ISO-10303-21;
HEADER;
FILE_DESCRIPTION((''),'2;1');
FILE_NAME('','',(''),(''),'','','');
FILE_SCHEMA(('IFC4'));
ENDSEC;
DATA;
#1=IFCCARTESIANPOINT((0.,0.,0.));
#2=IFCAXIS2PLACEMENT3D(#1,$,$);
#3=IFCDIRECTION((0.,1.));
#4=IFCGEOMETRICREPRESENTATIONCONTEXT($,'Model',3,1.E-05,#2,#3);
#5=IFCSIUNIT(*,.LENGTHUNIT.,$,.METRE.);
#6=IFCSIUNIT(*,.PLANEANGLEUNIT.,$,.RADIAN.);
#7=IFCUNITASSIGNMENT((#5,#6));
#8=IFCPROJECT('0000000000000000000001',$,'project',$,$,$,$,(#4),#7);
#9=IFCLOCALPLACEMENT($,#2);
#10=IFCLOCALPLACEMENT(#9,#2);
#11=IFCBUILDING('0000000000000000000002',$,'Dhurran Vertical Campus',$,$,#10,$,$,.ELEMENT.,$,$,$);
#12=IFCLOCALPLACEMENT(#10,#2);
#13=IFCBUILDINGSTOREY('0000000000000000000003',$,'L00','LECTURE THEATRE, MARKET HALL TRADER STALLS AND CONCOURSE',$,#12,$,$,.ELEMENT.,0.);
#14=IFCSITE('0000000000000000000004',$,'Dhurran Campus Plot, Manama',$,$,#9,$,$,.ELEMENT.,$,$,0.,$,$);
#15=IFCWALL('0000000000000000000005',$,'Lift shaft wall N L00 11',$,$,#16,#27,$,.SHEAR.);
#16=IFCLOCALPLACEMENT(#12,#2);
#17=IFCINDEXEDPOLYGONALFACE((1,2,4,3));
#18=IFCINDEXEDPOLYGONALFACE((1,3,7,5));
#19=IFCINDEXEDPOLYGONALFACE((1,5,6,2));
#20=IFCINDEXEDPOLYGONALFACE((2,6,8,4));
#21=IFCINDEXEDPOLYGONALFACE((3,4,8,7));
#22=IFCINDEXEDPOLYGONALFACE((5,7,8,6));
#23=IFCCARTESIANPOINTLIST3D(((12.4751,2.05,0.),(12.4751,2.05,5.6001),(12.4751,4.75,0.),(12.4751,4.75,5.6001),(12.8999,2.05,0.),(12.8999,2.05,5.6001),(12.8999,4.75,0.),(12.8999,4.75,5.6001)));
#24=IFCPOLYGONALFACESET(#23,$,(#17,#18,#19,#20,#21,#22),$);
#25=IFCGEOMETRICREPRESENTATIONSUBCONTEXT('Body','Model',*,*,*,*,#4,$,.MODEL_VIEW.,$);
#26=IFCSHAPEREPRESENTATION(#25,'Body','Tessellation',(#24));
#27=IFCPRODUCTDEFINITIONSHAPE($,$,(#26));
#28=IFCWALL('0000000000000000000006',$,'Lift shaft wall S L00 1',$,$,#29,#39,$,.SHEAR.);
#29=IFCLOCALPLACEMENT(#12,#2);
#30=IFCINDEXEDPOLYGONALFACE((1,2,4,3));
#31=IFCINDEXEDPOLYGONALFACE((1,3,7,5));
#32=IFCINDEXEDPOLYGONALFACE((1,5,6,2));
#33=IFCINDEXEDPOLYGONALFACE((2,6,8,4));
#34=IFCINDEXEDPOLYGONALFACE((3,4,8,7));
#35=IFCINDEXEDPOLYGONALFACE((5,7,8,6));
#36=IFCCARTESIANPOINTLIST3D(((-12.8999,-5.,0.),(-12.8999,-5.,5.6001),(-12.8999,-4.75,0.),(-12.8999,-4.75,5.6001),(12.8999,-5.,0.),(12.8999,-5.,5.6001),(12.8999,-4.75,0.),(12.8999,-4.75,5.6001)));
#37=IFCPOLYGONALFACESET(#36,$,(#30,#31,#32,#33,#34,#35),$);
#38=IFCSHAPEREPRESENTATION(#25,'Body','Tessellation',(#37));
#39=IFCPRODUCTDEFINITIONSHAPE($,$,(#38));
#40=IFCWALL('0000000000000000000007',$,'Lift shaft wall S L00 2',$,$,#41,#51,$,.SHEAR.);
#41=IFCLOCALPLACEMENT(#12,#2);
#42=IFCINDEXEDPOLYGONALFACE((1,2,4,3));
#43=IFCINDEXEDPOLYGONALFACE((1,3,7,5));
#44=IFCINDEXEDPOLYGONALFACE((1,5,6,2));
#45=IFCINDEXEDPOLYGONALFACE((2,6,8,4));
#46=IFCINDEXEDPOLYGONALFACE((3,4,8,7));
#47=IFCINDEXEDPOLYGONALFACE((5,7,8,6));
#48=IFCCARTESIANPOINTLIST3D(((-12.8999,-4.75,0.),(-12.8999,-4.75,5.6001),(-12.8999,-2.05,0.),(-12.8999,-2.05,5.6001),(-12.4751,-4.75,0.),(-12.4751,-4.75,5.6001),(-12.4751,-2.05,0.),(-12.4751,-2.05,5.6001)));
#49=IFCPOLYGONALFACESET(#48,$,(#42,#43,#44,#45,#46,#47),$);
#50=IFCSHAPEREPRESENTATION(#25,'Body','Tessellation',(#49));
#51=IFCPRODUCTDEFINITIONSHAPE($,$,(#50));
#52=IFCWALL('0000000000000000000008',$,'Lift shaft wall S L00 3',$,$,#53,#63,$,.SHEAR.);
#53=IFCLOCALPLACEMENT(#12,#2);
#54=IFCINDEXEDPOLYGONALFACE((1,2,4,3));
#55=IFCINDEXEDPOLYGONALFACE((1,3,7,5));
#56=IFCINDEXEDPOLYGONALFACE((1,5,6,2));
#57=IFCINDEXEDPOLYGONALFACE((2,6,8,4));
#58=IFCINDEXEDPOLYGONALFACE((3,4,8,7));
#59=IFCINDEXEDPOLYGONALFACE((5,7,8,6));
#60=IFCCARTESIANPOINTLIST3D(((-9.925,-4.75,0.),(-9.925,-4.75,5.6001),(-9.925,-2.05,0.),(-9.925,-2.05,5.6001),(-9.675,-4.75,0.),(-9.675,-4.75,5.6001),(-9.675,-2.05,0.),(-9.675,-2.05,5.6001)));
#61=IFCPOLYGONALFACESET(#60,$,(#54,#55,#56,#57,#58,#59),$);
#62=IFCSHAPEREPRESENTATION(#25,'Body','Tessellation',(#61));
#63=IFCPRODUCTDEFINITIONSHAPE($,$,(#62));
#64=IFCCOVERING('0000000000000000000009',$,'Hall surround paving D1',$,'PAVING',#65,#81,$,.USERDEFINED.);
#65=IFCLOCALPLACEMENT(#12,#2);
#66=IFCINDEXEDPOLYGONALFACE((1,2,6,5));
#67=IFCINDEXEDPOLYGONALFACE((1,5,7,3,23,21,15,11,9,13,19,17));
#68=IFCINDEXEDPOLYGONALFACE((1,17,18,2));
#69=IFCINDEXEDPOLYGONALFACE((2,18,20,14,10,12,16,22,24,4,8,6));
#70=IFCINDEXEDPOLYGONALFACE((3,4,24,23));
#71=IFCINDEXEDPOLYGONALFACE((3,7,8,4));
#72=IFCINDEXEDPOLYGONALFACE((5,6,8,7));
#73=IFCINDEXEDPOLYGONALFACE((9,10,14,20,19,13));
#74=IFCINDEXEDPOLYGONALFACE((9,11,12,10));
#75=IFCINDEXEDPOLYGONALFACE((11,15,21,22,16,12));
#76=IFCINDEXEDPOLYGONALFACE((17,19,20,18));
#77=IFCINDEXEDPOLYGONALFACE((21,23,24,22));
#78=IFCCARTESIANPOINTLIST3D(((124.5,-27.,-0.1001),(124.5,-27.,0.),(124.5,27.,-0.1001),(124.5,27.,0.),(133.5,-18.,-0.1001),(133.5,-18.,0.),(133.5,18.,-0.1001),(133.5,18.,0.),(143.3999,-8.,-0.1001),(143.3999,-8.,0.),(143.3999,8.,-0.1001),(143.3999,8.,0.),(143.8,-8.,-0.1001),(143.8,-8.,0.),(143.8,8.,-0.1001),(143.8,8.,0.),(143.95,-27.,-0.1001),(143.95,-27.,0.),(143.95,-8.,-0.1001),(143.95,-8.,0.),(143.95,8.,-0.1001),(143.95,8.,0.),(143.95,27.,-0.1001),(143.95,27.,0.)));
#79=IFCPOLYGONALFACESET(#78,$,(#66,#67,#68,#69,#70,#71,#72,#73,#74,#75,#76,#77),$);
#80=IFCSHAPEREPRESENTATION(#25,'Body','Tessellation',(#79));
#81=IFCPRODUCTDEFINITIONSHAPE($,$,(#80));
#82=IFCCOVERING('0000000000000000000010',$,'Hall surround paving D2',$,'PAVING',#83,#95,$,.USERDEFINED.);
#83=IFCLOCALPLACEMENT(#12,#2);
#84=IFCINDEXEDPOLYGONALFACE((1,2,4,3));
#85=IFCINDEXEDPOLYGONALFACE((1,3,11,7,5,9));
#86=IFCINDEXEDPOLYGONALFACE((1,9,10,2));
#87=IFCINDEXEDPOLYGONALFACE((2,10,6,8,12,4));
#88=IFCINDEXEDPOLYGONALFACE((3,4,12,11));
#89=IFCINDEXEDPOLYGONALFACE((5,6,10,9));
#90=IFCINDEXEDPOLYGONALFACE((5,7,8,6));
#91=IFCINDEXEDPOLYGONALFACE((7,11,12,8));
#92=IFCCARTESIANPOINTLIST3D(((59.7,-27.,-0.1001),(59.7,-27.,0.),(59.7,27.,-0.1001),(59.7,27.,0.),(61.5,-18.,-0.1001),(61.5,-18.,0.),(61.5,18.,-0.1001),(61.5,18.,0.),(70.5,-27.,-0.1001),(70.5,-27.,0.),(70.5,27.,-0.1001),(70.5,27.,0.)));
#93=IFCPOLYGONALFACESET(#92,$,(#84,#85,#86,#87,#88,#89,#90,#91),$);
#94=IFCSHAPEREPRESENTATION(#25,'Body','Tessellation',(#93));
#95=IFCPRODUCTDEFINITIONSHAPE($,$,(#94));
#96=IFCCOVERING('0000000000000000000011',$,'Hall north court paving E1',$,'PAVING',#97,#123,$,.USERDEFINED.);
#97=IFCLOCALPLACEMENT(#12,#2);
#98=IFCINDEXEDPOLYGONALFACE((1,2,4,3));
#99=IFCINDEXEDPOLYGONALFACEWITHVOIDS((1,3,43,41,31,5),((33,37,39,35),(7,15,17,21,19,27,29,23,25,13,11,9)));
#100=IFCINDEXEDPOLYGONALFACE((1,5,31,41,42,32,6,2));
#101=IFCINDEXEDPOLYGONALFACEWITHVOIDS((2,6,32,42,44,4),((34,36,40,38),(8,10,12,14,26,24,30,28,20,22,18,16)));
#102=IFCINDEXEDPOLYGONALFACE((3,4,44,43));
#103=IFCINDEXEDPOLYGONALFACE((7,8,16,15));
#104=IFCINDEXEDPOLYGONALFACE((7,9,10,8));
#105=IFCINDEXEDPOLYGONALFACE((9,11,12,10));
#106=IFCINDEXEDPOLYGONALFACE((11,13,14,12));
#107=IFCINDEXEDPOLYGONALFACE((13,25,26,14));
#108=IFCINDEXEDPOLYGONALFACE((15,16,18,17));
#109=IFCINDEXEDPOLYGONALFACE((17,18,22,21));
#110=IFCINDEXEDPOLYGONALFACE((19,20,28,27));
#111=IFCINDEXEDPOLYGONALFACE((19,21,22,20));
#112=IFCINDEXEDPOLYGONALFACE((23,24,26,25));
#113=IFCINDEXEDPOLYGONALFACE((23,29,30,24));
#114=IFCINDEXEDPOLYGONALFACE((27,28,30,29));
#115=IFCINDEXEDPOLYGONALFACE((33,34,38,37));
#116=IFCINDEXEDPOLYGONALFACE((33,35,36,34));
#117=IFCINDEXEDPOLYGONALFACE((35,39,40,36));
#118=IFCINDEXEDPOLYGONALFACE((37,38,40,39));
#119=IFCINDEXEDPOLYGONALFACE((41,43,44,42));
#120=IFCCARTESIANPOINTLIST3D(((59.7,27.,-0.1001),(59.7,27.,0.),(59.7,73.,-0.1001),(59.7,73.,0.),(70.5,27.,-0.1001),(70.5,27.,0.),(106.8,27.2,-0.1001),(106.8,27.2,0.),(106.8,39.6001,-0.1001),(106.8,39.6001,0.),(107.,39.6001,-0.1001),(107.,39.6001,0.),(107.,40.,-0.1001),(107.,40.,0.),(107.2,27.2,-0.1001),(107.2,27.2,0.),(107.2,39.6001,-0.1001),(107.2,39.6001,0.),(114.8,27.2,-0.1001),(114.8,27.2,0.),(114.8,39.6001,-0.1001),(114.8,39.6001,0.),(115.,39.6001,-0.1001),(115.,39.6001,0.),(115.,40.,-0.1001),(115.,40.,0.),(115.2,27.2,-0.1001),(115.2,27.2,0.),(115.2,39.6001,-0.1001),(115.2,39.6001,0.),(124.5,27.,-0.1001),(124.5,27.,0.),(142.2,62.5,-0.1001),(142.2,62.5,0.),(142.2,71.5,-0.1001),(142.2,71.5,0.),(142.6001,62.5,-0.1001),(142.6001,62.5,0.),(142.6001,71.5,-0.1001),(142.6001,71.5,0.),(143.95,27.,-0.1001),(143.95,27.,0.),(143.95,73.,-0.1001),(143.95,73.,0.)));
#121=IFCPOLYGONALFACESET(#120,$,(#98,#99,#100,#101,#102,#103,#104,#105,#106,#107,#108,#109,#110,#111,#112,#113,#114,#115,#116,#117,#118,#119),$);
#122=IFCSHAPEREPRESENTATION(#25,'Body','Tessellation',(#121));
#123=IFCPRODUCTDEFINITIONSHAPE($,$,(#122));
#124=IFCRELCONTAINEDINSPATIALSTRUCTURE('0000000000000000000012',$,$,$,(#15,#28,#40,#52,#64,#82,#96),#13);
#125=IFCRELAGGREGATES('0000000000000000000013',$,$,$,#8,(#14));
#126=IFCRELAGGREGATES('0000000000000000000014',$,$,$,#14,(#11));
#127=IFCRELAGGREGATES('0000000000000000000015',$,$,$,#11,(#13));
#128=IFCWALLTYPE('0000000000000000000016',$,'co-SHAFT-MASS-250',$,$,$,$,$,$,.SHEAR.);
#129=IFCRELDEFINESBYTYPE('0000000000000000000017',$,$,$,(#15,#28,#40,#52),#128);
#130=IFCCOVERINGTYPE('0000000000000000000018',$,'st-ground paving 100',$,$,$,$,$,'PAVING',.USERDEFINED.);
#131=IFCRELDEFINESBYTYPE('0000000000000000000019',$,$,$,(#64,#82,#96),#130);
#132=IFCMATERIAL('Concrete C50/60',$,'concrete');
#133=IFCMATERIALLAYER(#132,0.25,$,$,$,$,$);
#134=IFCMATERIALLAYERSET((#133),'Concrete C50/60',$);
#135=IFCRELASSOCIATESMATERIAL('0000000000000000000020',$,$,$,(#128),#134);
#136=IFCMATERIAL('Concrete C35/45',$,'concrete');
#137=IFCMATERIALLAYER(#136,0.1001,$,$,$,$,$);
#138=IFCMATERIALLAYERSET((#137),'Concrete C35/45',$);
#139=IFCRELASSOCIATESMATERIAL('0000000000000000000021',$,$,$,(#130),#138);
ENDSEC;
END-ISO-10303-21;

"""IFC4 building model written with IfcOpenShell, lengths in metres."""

from ifc_helpers import new_model, si_unit, direction, frame, origin, place, context, subcontext, project, spatial, polyline, outline, extrude, material, layer, layer_set, type_object, element, save


model = new_model("IFC4")

# Units and contexts
model_context = context("Model", 3, precision=1e-05, world=origin(), true_north=direction((0.0, 1.0)))
body_context = subcontext(model_context, "Body", "Model", "MODEL_VIEW")
ifc_project = project(units=[si_unit("LENGTHUNIT", "METRE"), si_unit("PLANEANGLEUNIT", "RADIAN")], contexts=[model_context])

# Site, building, storey
site_placement = place(None, origin())
site = spatial("IfcSite", under=ifc_project, at=site_placement, Name="Dhurran Campus Plot, Manama", CompositionType="ELEMENT", RefElevation=0.0)
building_placement = place(site_placement, origin())
building = spatial("IfcBuilding", under=site, at=building_placement, Name="Dhurran Vertical Campus", CompositionType="ELEMENT")
storey_placement = place(building_placement, origin())
storey = spatial("IfcBuildingStorey", under=building, at=storey_placement, Name="L00", Description="LECTURE THEATRE, MARKET HALL TRADER STALLS AND CONCOURSE", CompositionType="ELEMENT", Elevation=0.0)

# Walls
ifc_material_1 = material(Name="Concrete C50/60", Category="concrete")
ifc_layer_1 = layer(ifc_material_1, 0.25)
ifc_layer_set_1 = layer_set([ifc_layer_1], Name="Concrete C50/60")
wall_type_1 = type_object("IfcWallType", Name="co-SHAFT-MASS-250", PredefinedType="SHEAR", material=ifc_layer_set_1)
wall_1_placement = place(storey_placement, origin())
element("IfcWall", 1, at=wall_1_placement, inside=storey, type_object=wall_type_1, Name="Lift shaft wall N L00 11", PredefinedType="SHEAR", context=body_context, shape_type="SweptSolid", body=[
    extrude(outline(polyline([(12.4751, 2.05), (12.8999, 2.05), (12.8999, 4.75), (12.4751, 4.75), (12.4751, 2.05)])), origin(), (0.0, 0.0, 1.0), 5.6001),
])
wall_2_placement = place(storey_placement, origin())
element("IfcWall", 2, at=wall_2_placement, inside=storey, type_object=wall_type_1, Name="Lift shaft wall S L00 1", PredefinedType="SHEAR", context=body_context, shape_type="SweptSolid", body=[
    extrude(outline(polyline([(-12.8999, -5.0), (12.8999, -5.0), (12.8999, -4.75), (-12.8999, -4.75), (-12.8999, -5.0)])), origin(), (0.0, 0.0, 1.0), 5.6001),
])
wall_3_placement = place(storey_placement, origin())
element("IfcWall", 3, at=wall_3_placement, inside=storey, type_object=wall_type_1, Name="Lift shaft wall S L00 2", PredefinedType="SHEAR", context=body_context, shape_type="SweptSolid", body=[
    extrude(outline(polyline([(-12.8999, -4.75), (-12.4751, -4.75), (-12.4751, -2.05), (-12.8999, -2.05), (-12.8999, -4.75)])), origin(), (0.0, 0.0, 1.0), 5.6001),
])
wall_4_placement = place(storey_placement, origin())
element("IfcWall", 4, at=wall_4_placement, inside=storey, type_object=wall_type_1, Name="Lift shaft wall S L00 3", PredefinedType="SHEAR", context=body_context, shape_type="SweptSolid", body=[
    extrude(outline(polyline([(-9.925, -4.75), (-9.675, -4.75), (-9.675, -2.05), (-9.925, -2.05), (-9.925, -4.75)])), origin(), (0.0, 0.0, 1.0), 5.6001),
])

# Coverings
ifc_material_2 = material(Name="Concrete C35/45", Category="concrete")
ifc_layer_2 = layer(ifc_material_2, 0.1001)
ifc_layer_set_2 = layer_set([ifc_layer_2], Name="Concrete C35/45")
covering_type = type_object("IfcCoveringType", Name="st-ground paving 100", ElementType="PAVING", PredefinedType="USERDEFINED", material=ifc_layer_set_2)
covering_1_placement = place(storey_placement, frame((0.0, 0.0, -0.1001)))
element("IfcCovering", 5, at=covering_1_placement, inside=storey, type_object=covering_type, Name="Hall surround paving D1", ObjectType="PAVING", PredefinedType="USERDEFINED", context=body_context, shape_type="SweptSolid", body=[
    extrude(outline(polyline([(143.3999, -8.0), (143.3999, 8.0), (143.8, 8.0), (143.95, 8.0), (143.95, 27.0), (124.5, 27.0), (133.5, 18.0), (133.5, -18.0), (124.5, -27.0), (143.95, -27.0), (143.95, -8.0), (143.8, -8.0), (143.3999, -8.0)])), origin(), (0.0, 0.0, 1.0), 0.1001),
])
covering_2_placement = place(storey_placement, frame((0.0, 0.0, -0.1001)))
element("IfcCovering", 6, at=covering_2_placement, inside=storey, type_object=covering_type, Name="Hall surround paving D2", ObjectType="PAVING", PredefinedType="USERDEFINED", context=body_context, shape_type="SweptSolid", body=[
    extrude(outline(polyline([(70.5, 27.0), (59.7, 27.0), (59.7, -27.0), (70.5, -27.0), (61.5, -18.0), (61.5, 18.0), (70.5, 27.0)])), origin(), (0.0, 0.0, 1.0), 0.1001),
])
covering_3_placement = place(storey_placement, frame((0.0, 0.0, -0.1001)))
element("IfcCovering", 7, at=covering_3_placement, inside=storey, type_object=covering_type, Name="Hall north court paving E1", ObjectType="PAVING", PredefinedType="USERDEFINED", context=body_context, shape_type="SweptSolid", body=[
    extrude(outline(polyline([(59.7, 73.0), (59.7, 27.0), (70.5, 27.0), (124.5, 27.0), (143.95, 27.0), (143.95, 73.0), (59.7, 73.0)]), holes=[polyline([(142.6001, 62.5), (142.2, 62.5), (142.2, 71.5), (142.6001, 71.5), (142.6001, 62.5)]), polyline([(106.8, 39.6001), (107.0, 39.6001), (107.0, 40.0), (115.0, 40.0), (115.0, 39.6001), (115.2, 39.6001), (115.2, 27.2), (114.8, 27.2), (114.8, 39.6001), (107.2, 39.6001), (107.2, 27.2), (106.8, 27.2), (106.8, 39.6001)])]), origin(), (0.0, 0.0, 1.0), 0.1001),
])

save(model, "model.ifc")
